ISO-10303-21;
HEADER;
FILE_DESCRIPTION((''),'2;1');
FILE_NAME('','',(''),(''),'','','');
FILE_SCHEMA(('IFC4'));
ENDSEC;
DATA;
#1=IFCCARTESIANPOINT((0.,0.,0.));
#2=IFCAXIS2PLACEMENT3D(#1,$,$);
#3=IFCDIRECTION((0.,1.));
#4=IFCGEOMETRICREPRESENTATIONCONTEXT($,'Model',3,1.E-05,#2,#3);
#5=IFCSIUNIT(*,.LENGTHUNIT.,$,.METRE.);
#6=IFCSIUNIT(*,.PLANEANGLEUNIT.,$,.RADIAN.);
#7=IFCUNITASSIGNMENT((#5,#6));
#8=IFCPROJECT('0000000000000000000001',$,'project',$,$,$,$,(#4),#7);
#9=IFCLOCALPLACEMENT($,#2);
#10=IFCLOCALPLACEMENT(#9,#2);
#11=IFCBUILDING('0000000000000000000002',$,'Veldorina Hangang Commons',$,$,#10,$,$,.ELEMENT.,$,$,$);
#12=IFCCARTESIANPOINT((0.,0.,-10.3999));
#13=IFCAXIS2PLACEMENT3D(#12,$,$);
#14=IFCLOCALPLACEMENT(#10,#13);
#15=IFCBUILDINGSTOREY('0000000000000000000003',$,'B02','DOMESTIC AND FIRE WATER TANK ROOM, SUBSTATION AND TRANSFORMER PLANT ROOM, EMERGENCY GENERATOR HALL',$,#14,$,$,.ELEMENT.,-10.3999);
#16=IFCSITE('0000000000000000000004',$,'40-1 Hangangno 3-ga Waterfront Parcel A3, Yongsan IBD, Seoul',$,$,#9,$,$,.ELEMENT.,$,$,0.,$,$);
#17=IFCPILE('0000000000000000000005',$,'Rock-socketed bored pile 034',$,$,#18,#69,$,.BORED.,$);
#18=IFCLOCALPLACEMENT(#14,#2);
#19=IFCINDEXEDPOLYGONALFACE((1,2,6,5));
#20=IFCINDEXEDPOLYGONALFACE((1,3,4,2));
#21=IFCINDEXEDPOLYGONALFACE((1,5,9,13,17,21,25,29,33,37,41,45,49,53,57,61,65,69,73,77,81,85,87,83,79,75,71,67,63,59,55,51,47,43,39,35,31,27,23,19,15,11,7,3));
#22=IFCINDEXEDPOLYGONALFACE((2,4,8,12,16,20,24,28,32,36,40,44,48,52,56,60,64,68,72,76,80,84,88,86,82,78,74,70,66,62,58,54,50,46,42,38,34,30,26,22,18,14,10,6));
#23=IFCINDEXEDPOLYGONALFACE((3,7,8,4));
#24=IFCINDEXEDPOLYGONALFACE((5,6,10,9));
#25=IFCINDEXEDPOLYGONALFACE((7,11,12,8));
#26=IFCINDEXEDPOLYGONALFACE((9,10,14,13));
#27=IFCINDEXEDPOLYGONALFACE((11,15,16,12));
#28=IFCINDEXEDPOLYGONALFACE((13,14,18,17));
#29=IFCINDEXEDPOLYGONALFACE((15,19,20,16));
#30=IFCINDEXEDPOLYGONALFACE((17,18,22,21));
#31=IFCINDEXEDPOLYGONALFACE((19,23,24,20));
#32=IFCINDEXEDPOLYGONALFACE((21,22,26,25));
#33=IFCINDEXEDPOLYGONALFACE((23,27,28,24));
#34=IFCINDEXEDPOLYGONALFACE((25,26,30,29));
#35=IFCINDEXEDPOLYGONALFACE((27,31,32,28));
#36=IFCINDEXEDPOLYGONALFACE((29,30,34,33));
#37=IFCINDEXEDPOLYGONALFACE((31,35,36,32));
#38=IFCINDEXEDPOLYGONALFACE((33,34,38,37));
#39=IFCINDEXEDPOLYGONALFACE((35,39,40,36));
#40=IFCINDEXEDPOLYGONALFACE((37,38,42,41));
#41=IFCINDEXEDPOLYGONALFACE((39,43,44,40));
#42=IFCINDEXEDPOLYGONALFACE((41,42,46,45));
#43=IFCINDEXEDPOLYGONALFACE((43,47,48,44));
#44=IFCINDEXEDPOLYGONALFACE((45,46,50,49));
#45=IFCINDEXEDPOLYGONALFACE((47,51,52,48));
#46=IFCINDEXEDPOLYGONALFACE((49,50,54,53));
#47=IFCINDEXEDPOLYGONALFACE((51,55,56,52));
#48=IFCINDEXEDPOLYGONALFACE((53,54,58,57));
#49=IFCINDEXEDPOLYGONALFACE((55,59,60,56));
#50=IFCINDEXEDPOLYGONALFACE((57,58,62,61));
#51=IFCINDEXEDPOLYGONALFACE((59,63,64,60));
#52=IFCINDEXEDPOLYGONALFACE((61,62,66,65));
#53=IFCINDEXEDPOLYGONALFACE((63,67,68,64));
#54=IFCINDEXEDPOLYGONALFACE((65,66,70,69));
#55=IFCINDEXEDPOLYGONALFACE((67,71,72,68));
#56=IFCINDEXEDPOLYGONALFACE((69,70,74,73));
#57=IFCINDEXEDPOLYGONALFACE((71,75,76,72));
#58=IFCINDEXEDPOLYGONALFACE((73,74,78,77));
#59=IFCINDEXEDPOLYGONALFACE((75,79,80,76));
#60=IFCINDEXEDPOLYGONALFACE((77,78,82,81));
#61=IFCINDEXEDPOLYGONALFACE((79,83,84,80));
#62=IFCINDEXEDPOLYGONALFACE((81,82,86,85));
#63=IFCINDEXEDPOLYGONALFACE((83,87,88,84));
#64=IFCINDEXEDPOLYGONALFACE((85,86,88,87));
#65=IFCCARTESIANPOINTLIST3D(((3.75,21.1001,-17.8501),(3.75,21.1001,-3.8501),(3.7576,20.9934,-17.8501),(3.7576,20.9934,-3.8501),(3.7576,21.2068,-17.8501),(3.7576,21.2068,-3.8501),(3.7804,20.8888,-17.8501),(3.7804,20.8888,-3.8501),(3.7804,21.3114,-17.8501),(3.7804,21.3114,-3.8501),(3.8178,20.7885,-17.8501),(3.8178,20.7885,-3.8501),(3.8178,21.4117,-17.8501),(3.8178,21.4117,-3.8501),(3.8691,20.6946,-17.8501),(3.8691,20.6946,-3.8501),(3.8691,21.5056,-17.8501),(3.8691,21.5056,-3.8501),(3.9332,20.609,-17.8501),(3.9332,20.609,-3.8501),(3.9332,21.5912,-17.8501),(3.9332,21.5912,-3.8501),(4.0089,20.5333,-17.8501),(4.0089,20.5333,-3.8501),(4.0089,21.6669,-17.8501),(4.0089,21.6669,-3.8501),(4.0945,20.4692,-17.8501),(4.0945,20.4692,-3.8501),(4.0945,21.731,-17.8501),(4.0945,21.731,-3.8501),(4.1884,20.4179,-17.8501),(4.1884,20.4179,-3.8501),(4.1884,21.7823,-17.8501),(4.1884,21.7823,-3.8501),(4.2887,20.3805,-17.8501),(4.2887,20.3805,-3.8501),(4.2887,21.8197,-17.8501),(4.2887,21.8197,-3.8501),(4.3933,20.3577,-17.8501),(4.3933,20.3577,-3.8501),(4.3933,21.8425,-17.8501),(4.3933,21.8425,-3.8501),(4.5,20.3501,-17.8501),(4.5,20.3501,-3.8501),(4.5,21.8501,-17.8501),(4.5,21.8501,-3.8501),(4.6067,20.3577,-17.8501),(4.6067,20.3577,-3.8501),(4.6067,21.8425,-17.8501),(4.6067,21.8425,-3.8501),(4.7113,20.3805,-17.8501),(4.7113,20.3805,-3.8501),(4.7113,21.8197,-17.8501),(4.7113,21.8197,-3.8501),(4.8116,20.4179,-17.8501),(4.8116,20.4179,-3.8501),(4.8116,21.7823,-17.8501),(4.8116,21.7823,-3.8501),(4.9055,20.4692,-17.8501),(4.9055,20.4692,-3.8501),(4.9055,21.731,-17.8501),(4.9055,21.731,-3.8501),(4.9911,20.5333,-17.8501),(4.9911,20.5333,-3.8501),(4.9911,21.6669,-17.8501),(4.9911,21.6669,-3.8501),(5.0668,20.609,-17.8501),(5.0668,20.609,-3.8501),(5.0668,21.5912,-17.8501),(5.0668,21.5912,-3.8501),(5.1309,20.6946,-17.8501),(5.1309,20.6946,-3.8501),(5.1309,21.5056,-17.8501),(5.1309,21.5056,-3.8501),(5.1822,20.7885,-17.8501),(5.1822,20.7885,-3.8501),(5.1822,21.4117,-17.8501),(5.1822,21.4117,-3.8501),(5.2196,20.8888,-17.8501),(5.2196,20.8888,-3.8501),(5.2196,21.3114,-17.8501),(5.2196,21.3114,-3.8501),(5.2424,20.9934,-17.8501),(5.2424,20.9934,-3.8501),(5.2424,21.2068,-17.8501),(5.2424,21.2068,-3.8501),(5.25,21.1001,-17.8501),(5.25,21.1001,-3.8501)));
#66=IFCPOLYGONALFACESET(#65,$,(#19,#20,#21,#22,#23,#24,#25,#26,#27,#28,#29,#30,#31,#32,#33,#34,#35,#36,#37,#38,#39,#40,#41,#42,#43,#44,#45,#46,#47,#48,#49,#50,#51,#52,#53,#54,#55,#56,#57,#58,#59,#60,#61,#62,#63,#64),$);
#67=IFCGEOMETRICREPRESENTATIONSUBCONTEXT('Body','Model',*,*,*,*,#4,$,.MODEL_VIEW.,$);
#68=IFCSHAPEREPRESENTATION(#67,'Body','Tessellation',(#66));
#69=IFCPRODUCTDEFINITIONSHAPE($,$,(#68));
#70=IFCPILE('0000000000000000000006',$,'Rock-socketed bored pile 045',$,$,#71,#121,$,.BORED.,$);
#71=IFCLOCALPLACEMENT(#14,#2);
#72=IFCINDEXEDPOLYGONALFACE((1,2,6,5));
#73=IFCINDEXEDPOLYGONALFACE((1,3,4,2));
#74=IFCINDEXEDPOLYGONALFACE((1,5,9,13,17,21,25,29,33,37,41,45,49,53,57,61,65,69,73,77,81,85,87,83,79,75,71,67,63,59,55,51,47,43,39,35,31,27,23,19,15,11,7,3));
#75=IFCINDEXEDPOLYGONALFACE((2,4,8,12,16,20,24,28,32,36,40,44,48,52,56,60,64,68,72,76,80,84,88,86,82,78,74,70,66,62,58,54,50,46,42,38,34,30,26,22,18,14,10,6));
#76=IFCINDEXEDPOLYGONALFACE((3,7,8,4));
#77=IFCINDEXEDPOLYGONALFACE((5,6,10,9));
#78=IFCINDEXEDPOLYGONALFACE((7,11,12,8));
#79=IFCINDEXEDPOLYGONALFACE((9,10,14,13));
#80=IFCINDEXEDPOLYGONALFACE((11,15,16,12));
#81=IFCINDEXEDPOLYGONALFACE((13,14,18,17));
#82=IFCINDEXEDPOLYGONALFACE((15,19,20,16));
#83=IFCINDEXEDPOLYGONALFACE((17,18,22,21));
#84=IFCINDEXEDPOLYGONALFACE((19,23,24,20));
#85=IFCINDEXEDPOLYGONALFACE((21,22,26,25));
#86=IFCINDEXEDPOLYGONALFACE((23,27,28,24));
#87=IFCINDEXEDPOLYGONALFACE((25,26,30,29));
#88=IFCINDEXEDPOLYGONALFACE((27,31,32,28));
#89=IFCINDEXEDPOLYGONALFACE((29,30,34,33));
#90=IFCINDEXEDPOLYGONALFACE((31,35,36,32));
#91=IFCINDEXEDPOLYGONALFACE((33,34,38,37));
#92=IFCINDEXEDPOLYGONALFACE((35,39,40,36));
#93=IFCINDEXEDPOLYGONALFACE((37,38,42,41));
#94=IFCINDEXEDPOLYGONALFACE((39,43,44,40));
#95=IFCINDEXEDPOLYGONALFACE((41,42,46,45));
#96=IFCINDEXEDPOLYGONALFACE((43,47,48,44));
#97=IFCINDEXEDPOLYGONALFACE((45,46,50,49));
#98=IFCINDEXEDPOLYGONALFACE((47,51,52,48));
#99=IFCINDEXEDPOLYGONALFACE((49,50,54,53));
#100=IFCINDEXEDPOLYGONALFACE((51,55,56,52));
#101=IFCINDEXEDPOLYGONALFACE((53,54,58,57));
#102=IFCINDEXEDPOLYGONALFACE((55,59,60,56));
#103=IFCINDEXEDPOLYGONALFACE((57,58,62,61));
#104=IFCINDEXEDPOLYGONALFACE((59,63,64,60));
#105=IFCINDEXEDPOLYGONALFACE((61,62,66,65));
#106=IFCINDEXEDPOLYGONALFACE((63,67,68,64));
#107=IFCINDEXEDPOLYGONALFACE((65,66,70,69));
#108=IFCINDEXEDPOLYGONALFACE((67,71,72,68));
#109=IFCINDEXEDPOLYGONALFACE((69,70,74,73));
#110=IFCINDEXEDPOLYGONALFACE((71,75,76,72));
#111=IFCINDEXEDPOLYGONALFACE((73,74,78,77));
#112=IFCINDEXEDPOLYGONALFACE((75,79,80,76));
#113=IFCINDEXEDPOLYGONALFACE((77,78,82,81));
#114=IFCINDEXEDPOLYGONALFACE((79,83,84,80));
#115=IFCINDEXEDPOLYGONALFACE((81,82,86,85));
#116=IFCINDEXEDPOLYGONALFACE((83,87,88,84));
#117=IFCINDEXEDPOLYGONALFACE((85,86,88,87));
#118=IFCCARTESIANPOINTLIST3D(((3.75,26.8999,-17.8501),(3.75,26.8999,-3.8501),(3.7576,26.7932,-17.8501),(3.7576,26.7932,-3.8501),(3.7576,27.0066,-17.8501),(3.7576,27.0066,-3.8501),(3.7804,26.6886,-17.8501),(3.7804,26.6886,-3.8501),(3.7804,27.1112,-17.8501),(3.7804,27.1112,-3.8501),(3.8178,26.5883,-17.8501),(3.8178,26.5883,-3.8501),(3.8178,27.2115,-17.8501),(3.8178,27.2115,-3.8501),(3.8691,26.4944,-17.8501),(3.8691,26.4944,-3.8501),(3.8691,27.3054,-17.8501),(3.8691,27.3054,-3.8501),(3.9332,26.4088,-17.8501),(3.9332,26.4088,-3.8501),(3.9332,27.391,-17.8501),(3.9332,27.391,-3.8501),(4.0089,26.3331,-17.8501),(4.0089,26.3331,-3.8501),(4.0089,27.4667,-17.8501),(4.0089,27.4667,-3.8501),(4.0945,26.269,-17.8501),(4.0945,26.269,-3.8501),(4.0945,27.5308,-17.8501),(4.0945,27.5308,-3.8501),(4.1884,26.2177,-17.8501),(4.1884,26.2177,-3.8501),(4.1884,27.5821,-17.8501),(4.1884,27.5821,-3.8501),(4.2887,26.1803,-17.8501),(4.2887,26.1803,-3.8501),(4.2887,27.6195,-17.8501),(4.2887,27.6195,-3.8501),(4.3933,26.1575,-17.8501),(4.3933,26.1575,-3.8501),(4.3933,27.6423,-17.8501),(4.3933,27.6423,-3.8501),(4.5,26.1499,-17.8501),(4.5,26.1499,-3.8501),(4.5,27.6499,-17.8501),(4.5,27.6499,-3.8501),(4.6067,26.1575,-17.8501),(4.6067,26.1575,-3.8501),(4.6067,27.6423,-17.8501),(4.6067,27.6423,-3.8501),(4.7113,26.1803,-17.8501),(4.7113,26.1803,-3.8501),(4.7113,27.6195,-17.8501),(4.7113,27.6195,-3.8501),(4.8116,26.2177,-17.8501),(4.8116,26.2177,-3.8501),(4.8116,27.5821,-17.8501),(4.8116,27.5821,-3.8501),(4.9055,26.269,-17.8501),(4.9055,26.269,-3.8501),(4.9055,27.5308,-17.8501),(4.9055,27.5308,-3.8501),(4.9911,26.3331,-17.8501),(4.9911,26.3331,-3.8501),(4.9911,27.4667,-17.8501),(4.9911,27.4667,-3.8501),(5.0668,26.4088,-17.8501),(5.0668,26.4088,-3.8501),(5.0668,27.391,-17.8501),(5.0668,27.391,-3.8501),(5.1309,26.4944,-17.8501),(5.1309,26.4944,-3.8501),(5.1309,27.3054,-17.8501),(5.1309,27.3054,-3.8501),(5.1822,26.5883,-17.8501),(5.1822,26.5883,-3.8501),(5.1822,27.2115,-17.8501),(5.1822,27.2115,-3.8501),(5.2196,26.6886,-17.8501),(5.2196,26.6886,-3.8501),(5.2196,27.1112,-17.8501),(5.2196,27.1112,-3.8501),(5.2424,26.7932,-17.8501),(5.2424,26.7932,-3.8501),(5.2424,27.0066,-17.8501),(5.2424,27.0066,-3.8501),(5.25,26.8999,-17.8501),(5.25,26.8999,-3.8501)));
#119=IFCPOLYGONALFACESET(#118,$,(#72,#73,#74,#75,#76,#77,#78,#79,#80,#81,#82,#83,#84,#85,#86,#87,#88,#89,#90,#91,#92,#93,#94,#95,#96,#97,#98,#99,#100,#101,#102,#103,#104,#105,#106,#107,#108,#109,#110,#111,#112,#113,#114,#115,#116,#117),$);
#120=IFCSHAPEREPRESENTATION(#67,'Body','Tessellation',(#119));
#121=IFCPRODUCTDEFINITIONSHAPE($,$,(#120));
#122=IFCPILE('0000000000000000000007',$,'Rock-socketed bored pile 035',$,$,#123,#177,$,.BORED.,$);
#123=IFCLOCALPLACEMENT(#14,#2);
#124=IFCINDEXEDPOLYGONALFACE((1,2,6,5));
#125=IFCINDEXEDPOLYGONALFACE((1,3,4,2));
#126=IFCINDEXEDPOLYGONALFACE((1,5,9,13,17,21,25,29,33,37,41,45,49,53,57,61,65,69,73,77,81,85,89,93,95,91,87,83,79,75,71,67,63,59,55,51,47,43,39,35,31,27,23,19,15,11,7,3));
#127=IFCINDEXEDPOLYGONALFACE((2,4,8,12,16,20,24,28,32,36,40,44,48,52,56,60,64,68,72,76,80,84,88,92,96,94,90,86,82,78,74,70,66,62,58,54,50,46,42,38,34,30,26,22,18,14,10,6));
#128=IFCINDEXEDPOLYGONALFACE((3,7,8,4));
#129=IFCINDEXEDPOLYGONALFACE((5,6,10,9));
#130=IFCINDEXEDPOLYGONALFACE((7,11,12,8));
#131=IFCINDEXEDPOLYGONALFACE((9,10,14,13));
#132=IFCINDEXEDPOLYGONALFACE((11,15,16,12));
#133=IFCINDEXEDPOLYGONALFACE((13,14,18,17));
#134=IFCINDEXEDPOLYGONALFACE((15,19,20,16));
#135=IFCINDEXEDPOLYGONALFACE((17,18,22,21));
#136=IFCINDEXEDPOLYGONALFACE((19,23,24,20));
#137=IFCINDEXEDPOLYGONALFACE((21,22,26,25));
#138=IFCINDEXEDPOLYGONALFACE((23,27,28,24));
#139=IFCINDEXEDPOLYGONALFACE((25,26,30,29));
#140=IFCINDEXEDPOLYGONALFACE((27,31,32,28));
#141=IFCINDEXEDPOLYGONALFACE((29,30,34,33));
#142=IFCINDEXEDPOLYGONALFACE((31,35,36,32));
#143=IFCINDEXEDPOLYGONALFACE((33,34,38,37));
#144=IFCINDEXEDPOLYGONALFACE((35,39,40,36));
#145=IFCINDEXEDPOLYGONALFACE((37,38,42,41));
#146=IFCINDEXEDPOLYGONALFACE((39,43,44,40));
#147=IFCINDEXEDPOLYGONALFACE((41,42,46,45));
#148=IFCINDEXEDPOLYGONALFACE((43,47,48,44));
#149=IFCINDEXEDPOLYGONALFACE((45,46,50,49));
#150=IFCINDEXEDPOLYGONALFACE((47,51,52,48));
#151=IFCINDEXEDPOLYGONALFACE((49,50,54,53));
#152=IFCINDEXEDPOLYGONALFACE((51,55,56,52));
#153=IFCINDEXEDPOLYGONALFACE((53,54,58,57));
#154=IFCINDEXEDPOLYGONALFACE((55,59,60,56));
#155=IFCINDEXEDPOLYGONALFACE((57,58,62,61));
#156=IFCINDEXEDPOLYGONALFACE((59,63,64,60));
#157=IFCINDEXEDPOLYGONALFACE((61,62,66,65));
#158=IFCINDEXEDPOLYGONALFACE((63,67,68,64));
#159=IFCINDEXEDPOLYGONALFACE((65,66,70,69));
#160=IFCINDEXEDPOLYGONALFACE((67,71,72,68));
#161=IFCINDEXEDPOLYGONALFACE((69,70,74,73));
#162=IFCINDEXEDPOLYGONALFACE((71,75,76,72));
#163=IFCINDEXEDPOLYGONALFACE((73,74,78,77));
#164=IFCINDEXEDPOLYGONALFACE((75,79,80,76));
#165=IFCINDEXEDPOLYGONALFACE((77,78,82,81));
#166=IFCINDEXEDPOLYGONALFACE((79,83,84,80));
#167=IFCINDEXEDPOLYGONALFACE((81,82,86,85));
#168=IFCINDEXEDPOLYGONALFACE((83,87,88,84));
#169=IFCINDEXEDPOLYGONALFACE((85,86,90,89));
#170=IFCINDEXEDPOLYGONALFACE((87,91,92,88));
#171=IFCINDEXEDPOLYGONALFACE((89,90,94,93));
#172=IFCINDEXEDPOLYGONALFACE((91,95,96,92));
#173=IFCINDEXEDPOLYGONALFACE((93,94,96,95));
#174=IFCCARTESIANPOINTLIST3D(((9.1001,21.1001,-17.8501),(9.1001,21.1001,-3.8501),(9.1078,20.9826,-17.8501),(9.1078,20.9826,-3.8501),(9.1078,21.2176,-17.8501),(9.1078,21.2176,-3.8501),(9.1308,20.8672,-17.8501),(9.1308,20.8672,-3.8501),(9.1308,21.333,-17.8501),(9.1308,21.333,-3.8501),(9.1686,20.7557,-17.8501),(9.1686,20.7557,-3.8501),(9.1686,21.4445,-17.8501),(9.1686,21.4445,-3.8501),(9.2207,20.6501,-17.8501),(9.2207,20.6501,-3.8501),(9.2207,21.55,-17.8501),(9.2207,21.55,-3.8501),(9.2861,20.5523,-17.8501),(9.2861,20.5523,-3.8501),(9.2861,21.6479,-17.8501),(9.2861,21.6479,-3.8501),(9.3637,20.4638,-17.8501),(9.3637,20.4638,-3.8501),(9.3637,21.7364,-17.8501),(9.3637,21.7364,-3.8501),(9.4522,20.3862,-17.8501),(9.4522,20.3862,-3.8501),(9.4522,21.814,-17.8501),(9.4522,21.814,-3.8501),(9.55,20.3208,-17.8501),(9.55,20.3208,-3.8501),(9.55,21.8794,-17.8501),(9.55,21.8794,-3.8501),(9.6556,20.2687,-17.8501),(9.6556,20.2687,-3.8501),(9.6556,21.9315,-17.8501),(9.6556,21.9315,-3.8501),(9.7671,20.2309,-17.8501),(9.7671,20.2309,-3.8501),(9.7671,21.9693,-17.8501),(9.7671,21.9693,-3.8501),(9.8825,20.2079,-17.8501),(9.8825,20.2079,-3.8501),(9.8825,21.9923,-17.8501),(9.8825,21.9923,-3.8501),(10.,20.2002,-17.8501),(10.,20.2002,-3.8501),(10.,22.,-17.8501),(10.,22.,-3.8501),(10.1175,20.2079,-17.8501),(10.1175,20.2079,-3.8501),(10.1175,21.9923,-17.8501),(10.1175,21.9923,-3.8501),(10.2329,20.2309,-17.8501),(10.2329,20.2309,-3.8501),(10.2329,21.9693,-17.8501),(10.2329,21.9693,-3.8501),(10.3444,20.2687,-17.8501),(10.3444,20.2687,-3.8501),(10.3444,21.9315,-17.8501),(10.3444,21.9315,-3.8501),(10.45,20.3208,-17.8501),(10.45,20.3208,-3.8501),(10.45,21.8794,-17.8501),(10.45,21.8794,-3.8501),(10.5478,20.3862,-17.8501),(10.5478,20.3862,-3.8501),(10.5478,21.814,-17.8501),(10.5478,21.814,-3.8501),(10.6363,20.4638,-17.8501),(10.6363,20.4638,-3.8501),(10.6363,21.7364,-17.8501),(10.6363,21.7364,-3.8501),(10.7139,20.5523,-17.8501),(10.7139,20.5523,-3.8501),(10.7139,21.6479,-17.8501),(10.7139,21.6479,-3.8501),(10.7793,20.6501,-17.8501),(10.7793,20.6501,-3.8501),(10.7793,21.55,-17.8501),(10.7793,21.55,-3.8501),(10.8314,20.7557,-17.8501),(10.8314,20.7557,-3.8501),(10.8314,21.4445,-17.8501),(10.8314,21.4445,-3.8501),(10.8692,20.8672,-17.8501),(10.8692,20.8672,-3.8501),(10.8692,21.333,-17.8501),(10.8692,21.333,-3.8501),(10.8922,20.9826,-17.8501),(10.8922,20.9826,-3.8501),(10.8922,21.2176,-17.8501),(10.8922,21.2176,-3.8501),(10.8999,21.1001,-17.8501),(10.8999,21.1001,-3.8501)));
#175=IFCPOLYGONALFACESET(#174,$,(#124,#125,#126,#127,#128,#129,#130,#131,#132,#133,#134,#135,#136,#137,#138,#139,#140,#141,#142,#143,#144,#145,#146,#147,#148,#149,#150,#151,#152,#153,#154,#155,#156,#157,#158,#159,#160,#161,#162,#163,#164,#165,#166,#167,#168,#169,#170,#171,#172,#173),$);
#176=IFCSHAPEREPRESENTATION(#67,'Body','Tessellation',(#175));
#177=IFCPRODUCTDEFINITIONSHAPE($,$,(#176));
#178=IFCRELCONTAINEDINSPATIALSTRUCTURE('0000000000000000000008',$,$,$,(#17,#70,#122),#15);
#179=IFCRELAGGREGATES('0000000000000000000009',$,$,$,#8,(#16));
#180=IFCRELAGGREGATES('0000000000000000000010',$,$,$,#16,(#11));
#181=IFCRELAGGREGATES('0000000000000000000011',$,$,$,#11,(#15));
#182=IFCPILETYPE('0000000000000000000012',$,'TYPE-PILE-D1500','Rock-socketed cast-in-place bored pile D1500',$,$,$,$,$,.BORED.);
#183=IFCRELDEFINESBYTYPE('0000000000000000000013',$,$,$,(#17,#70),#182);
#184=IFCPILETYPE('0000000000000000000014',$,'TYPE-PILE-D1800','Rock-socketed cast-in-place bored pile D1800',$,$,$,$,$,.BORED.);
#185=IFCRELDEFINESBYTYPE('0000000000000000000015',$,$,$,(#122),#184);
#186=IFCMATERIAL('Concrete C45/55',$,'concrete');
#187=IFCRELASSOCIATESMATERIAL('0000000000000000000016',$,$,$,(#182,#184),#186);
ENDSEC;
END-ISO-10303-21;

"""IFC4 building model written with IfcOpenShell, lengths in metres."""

from ifc_helpers import new_model, si_unit, direction, frame, origin, origin_2d, place, context, subcontext, project, spatial, circle, extrude, material, material_profile, profile_set, type_object, element, save


model = new_model("IFC4")

# Units and contexts
model_context = context("Model", 3, precision=1e-05, world=origin(), true_north=direction((0.0, 1.0)))
body_context = subcontext(model_context, "Body", "Model", "MODEL_VIEW")
ifc_project = project(units=[si_unit("LENGTHUNIT", "METRE"), si_unit("PLANEANGLEUNIT", "RADIAN")], contexts=[model_context])

# Site, building, storey
site_placement = place(None, origin())
site = spatial("IfcSite", under=ifc_project, at=site_placement, Name="40-1 Hangangno 3-ga Waterfront Parcel A3, Yongsan IBD, Seoul", CompositionType="ELEMENT", RefElevation=0.0)
building_placement = place(site_placement, origin())
building = spatial("IfcBuilding", under=site, at=building_placement, Name="Veldorina Hangang Commons", CompositionType="ELEMENT")
storey_placement = place(building_placement, frame((0.0, 0.0, -10.3999)))
storey = spatial("IfcBuildingStorey", under=building, at=storey_placement, Name="B02", Description="DOMESTIC AND FIRE WATER TANK ROOM, SUBSTATION AND TRANSFORMER PLANT ROOM, EMERGENCY GENERATOR HALL", CompositionType="ELEMENT", Elevation=-10.3999)

# Piles
ifc_material_1 = material(Name="Concrete C45/55", Category="concrete")
ifc_material_profile_1 = material_profile(ifc_material_1, circle(Radius=0.75, at=origin_2d()), Name="PILE-D1500")
ifc_profile_set_1 = profile_set([ifc_material_profile_1], Name="Concrete C45/55")
pile_type_1 = type_object("IfcPileType", Name="TYPE-PILE-D1500", Description="Rock-socketed cast-in-place bored pile D1500", PredefinedType="BORED", material=ifc_profile_set_1)
for number, where, z_axis, x_axis, name in (
    (1, (4.5, 21.1001, -3.8501), (0.0, 0.0, -1.0), (1.0, 0.0, 0.0), "Rock-socketed bored pile 034"),
    (2, (4.5, 26.8999, -3.8501), (0.0, 0.0, -1.0), (1.0, 0.0, 0.0), "Rock-socketed bored pile 045"),
):
    element("IfcPile", number, at=place(storey_placement, frame(where, z_axis=z_axis, x_axis=x_axis)), inside=storey, type_object=pile_type_1, Name=name, PredefinedType="BORED", context=body_context, shape_type="SweptSolid", body=[
        extrude(circle(Radius=0.75, at=origin_2d()), origin(), (0.0, 0.0, 1.0), 14.0),
    ])
ifc_material_profile_2 = material_profile(ifc_material_1, circle(Radius=0.8999, at=origin_2d()), Name="PILE-D1800")
ifc_profile_set_2 = profile_set([ifc_material_profile_2], Name="Concrete C45/55")
pile_type_2 = type_object("IfcPileType", Name="TYPE-PILE-D1800", Description="Rock-socketed cast-in-place bored pile D1800", PredefinedType="BORED", material=ifc_profile_set_2)
for number, where, z_axis, x_axis, name in (
    (3, (10.0, 21.1001, -3.8501), (0.0, 0.0, -1.0), (1.0, 0.0, 0.0), "Rock-socketed bored pile 035"),
):
    element("IfcPile", number, at=place(storey_placement, frame(where, z_axis=z_axis, x_axis=x_axis)), inside=storey, type_object=pile_type_2, Name=name, PredefinedType="BORED", context=body_context, shape_type="SweptSolid", body=[
        extrude(circle(Radius=0.8999, at=origin_2d()), origin(), (0.0, 0.0, 1.0), 14.0),
    ])

save(model, "model.ifc")
